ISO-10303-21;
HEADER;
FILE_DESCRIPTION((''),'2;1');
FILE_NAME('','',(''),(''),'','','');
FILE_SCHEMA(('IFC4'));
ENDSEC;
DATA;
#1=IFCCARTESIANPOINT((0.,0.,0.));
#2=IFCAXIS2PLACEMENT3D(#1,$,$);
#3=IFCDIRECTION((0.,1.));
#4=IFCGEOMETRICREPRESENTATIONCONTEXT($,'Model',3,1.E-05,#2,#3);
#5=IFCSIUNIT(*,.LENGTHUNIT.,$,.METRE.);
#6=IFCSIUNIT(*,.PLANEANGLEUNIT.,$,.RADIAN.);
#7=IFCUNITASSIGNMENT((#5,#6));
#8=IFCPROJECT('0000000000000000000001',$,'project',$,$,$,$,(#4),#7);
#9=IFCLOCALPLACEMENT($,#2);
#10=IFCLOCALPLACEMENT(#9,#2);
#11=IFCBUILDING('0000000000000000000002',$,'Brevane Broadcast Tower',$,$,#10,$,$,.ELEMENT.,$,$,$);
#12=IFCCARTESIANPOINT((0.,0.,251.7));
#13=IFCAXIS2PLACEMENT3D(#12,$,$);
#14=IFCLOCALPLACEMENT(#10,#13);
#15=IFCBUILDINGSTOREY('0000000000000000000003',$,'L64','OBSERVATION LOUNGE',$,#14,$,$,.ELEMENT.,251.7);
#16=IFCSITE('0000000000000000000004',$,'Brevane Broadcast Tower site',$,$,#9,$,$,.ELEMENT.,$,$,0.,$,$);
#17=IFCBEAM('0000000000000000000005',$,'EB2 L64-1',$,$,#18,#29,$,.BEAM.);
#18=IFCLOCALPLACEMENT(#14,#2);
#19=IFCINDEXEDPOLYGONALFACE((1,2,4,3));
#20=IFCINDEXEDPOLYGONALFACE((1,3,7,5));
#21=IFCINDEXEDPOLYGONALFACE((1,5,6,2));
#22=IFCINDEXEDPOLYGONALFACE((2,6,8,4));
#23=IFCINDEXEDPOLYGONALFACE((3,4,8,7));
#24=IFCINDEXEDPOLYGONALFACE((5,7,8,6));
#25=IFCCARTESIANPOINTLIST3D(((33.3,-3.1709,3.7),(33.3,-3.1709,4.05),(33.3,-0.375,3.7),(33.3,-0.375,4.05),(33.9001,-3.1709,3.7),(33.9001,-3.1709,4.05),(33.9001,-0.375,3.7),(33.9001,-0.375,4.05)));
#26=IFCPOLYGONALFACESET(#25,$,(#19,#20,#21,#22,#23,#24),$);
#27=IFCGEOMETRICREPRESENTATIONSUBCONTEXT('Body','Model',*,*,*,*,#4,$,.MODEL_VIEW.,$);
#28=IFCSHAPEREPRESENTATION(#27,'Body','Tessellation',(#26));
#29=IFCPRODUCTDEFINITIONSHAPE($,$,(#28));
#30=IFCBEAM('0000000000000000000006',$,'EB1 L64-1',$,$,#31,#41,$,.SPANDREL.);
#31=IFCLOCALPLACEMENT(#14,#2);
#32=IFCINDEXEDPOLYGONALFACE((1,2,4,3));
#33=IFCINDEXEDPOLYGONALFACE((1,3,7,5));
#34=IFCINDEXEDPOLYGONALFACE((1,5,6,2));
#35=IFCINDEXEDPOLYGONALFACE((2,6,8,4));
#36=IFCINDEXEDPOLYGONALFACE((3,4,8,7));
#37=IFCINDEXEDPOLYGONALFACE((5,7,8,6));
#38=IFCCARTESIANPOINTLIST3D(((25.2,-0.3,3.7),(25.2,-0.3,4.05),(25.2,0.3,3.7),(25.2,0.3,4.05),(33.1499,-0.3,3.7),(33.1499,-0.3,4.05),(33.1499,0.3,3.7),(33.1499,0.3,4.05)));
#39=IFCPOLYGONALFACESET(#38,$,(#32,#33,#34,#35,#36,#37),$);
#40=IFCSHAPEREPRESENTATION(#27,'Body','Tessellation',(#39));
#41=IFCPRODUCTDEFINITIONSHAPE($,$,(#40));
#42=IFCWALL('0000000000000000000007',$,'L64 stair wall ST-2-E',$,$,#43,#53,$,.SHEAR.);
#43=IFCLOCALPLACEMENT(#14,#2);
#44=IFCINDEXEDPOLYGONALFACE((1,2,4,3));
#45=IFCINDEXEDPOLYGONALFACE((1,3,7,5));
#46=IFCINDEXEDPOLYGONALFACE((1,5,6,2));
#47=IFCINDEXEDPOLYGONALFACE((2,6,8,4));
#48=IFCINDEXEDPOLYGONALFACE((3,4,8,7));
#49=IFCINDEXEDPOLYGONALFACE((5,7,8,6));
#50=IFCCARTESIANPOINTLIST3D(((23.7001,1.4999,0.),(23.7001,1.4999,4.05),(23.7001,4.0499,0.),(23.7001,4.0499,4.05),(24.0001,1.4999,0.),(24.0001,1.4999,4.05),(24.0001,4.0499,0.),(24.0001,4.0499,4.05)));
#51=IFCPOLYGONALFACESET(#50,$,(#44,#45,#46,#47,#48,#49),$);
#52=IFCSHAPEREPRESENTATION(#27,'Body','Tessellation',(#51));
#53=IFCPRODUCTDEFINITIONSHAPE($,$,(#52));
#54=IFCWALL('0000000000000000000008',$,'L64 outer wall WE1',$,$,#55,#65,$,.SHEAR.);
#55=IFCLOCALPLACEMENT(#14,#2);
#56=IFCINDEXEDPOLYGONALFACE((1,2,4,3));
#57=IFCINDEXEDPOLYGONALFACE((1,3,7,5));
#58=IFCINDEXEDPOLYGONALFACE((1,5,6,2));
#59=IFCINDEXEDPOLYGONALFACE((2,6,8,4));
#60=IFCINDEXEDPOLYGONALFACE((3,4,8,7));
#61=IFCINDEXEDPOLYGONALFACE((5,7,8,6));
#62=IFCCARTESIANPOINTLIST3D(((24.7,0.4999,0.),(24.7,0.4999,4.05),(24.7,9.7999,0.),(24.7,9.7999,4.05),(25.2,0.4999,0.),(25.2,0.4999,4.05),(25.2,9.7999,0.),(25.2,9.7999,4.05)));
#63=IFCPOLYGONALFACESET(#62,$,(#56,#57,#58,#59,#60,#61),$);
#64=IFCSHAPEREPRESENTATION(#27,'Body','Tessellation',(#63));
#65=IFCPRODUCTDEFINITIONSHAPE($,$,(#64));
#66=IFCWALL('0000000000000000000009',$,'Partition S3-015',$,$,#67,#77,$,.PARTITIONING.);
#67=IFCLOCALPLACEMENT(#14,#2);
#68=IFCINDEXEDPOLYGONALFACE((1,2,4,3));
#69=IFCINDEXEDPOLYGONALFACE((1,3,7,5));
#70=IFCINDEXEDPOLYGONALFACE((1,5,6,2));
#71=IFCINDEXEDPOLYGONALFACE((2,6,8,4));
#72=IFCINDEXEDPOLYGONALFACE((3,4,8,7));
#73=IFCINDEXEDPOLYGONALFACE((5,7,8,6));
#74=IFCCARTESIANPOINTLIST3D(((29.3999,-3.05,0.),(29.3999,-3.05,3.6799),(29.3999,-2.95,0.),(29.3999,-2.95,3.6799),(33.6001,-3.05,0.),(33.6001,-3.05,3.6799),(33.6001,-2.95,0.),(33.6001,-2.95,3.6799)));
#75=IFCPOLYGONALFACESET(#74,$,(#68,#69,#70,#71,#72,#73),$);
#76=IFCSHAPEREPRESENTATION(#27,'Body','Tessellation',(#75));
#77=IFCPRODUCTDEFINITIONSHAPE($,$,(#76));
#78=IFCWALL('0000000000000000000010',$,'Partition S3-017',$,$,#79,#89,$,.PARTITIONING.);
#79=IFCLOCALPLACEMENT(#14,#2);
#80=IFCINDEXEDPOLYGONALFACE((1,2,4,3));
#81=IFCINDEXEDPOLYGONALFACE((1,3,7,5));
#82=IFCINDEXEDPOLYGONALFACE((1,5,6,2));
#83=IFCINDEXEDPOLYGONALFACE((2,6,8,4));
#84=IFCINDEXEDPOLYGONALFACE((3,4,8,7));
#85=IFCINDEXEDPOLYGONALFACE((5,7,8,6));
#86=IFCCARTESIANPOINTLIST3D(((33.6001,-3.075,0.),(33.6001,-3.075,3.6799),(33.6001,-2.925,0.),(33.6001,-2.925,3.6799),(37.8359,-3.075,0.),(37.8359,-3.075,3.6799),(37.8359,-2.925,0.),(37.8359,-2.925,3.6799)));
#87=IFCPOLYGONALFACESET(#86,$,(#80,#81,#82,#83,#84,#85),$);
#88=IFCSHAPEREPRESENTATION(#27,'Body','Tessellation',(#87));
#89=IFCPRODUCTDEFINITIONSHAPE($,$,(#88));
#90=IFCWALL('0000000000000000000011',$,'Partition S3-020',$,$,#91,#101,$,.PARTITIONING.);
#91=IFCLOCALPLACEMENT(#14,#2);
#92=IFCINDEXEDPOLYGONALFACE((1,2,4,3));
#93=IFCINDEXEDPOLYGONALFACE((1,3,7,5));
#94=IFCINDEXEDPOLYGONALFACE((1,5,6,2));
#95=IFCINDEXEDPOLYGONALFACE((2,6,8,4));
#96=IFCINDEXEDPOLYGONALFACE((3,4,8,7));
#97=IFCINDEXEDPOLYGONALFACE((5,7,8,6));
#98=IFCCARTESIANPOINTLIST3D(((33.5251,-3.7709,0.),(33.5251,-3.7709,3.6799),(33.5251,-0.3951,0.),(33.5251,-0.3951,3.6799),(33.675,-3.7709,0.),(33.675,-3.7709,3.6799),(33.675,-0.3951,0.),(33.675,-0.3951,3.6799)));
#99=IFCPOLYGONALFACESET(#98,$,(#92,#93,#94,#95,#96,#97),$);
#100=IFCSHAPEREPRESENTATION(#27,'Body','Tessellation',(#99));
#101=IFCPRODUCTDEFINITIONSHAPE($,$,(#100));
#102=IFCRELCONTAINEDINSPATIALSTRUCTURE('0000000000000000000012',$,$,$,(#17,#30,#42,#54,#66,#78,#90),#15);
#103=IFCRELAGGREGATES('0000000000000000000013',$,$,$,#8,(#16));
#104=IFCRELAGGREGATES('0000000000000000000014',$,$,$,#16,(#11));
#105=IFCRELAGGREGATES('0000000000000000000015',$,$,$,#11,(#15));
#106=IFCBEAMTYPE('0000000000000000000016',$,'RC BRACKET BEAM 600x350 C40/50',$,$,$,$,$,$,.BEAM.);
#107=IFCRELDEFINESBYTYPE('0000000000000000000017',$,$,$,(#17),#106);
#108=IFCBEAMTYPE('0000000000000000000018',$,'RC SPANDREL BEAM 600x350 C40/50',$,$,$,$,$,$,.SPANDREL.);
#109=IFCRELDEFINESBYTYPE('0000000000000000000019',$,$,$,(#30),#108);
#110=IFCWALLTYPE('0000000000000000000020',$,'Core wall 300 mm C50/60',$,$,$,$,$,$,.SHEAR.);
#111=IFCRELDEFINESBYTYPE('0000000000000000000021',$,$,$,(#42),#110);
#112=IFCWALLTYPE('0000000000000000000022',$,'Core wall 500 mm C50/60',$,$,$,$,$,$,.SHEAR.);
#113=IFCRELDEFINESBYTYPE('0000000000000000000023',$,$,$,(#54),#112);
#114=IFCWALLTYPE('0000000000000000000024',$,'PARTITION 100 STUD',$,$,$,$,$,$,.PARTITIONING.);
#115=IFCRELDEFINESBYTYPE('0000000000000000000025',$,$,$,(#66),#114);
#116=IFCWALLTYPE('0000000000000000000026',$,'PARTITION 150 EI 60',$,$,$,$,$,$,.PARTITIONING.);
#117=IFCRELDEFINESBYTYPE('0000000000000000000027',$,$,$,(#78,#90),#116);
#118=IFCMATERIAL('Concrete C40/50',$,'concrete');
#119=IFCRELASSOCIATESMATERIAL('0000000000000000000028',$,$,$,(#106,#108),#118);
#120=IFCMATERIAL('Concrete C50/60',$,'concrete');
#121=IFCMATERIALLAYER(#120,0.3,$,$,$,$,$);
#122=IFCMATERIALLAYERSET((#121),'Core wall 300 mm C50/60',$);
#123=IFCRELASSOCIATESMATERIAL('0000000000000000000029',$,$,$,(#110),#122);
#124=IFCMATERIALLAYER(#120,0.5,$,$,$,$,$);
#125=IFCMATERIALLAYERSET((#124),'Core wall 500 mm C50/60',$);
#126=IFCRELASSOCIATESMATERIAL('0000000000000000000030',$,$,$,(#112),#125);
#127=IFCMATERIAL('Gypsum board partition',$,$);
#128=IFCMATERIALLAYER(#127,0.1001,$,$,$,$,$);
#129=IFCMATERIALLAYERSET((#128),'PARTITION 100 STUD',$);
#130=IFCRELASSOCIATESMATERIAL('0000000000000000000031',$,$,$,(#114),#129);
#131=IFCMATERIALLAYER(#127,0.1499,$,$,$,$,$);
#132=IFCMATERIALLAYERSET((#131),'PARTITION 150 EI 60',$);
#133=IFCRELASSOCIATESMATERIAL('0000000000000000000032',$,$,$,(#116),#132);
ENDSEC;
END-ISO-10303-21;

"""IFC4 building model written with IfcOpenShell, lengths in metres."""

from ifc_helpers import new_model, si_unit, direction, frame, frame_2d, origin, origin_2d, place, context, subcontext, project, spatial, rectangle, extrude, material, layer, layer_set, material_profile, profile_set, type_object, element, save


model = new_model("IFC4")

# Units and contexts
model_context = context("Model", 3, precision=1e-05, world=origin(), true_north=direction((0.0, 1.0)))
body_context = subcontext(model_context, "Body", "Model", "MODEL_VIEW")
ifc_project = project(units=[si_unit("LENGTHUNIT", "METRE"), si_unit("PLANEANGLEUNIT", "RADIAN")], contexts=[model_context])

# Site, building, storey
site_placement = place(None, origin())
site = spatial("IfcSite", under=ifc_project, at=site_placement, Name="Brevane Broadcast Tower site", CompositionType="ELEMENT", RefElevation=0.0)
building_placement = place(site_placement, origin())
building = spatial("IfcBuilding", under=site, at=building_placement, Name="Brevane Broadcast Tower", CompositionType="ELEMENT")
storey_placement = place(building_placement, frame((0.0, 0.0, 251.7)))
storey = spatial("IfcBuildingStorey", under=building, at=storey_placement, Name="L64", Description="OBSERVATION LOUNGE", CompositionType="ELEMENT", Elevation=251.7)

# Shared definitions
ifc_material_1 = material(Name="Concrete C50/60", Category="concrete")

# Beams
ifc_material_2 = material(Name="Concrete C40/50", Category="concrete")
ifc_material_profile_1 = material_profile(ifc_material_2, rectangle(XDim=0.6001, YDim=0.3501, at=origin_2d()), Name="RC 600x350")
ifc_profile_set_1 = profile_set([ifc_material_profile_1], Name="Concrete C40/50")
beam_type_1 = type_object("IfcBeamType", Name="RC BRACKET BEAM 600x350 C40/50", PredefinedType="BEAM", material=ifc_profile_set_1)
beam_1_placement = place(storey_placement, frame((33.6001, -0.375, 3.875), z_axis=(0.0, -1.0, 0.0), x_axis=(1.0, 0.0, 0.0)))
element("IfcBeam", 1, at=beam_1_placement, inside=storey, type_object=beam_type_1, Name="EB2 L64-1", PredefinedType="BEAM", context=body_context, shape_type="SweptSolid", body=[
    extrude(rectangle(XDim=0.6001, YDim=0.3501, at=origin_2d()), origin(), (0.0, 0.0, 1.0), 2.7959),
])
ifc_material_profile_2 = material_profile(ifc_material_2, rectangle(XDim=0.6001, YDim=0.3501, at=origin_2d()), Name="RC 600x350")
ifc_profile_set_2 = profile_set([ifc_material_profile_2], Name="Concrete C40/50")
beam_type_2 = type_object("IfcBeamType", Name="RC SPANDREL BEAM 600x350 C40/50", PredefinedType="SPANDREL", material=ifc_profile_set_2)
beam_2_placement = place(storey_placement, frame((25.2, 0.0, 3.875), z_axis=(1.0, 0.0, 0.0), x_axis=(0.0, 1.0, 0.0)))
element("IfcBeam", 2, at=beam_2_placement, inside=storey, type_object=beam_type_2, Name="EB1 L64-1", PredefinedType="SPANDREL", context=body_context, shape_type="SweptSolid", body=[
    extrude(rectangle(XDim=0.6001, YDim=0.3501, at=origin_2d()), origin(), (0.0, 0.0, 1.0), 7.95),
])

# Walls
ifc_layer_1 = layer(ifc_material_1, 0.3)
ifc_layer_set_1 = layer_set([ifc_layer_1], Name="Core wall 300 mm C50/60")
wall_type_1 = type_object("IfcWallType", Name="Core wall 300 mm C50/60", PredefinedType="SHEAR", material=ifc_layer_set_1)
wall_1_placement = place(storey_placement, frame((23.8501, 1.5, 0.0), z_axis=(0.0, 0.0, 1.0), x_axis=(0.0, 1.0, 0.0)))
element("IfcWall", 3, at=wall_1_placement, inside=storey, type_object=wall_type_1, Name="L64 stair wall ST-2-E", PredefinedType="SHEAR", context=body_context, shape_type="SweptSolid", body=[
    extrude(rectangle(XDim=2.55, YDim=0.3, at=frame_2d((1.2749, 0.0))), origin(), (0.0, 0.0, 1.0), 4.05),
])
ifc_layer_2 = layer(ifc_material_1, 0.5)
ifc_layer_set_2 = layer_set([ifc_layer_2], Name="Core wall 500 mm C50/60")
wall_type_2 = type_object("IfcWallType", Name="Core wall 500 mm C50/60", PredefinedType="SHEAR", material=ifc_layer_set_2)
wall_2_placement = place(storey_placement, frame((24.95, 0.5, 0.0), z_axis=(0.0, 0.0, 1.0), x_axis=(0.0, 1.0, 0.0)))
element("IfcWall", 4, at=wall_2_placement, inside=storey, type_object=wall_type_2, Name="L64 outer wall WE1", PredefinedType="SHEAR", context=body_context, shape_type="SweptSolid", body=[
    extrude(rectangle(XDim=9.3, YDim=0.5, at=frame_2d((4.6499, 0.0))), origin(), (0.0, 0.0, 1.0), 4.05),
])
ifc_material_3 = material(Name="Gypsum board partition")
ifc_layer_3 = layer(ifc_material_3, 0.1001)
ifc_layer_set_3 = layer_set([ifc_layer_3], Name="PARTITION 100 STUD")
wall_type_3 = type_object("IfcWallType", Name="PARTITION 100 STUD", PredefinedType="PARTITIONING", material=ifc_layer_set_3)
wall_3_placement = place(storey_placement, frame((29.3999, -3.0, 0.0), z_axis=(0.0, 0.0, 1.0), x_axis=(1.0, 0.0, 0.0)))
element("IfcWall", 5, at=wall_3_placement, inside=storey, type_object=wall_type_3, Name="Partition S3-015", PredefinedType="PARTITIONING", context=body_context, shape_type="SweptSolid", body=[
    extrude(rectangle(XDim=4.2002, YDim=0.1001, at=frame_2d((2.1001, 0.0))), origin(), (0.0, 0.0, 1.0), 3.6799),
])
ifc_layer_4 = layer(ifc_material_3, 0.1499)
ifc_layer_set_4 = layer_set([ifc_layer_4], Name="PARTITION 150 EI 60")
wall_type_4 = type_object("IfcWallType", Name="PARTITION 150 EI 60", PredefinedType="PARTITIONING", material=ifc_layer_set_4)
wall_4_placement = place(storey_placement, frame((33.6001, -3.0, 0.0), z_axis=(0.0, 0.0, 1.0), x_axis=(1.0, 0.0, 0.0)))
element("IfcWall", 6, at=wall_4_placement, inside=storey, type_object=wall_type_4, Name="Partition S3-017", PredefinedType="PARTITIONING", context=body_context, shape_type="SweptSolid", body=[
    extrude(rectangle(XDim=4.2358, YDim=0.1499, at=frame_2d((2.1179, 0.0))), origin(), (0.0, 0.0, 1.0), 3.6799),
])
wall_5_placement = place(storey_placement, frame((33.6001, -0.395, 0.0), z_axis=(0.0, 0.0, 1.0), x_axis=(0.0, -1.0, 0.0)))
element("IfcWall", 7, at=wall_5_placement, inside=storey, type_object=wall_type_4, Name="Partition S3-020", PredefinedType="PARTITIONING", context=body_context, shape_type="SweptSolid", body=[
    extrude(rectangle(XDim=3.3757, YDim=0.1499, at=frame_2d((1.688, 0.0))), origin(), (0.0, 0.0, 1.0), 3.6799),
])

save(model, "model.ifc")
